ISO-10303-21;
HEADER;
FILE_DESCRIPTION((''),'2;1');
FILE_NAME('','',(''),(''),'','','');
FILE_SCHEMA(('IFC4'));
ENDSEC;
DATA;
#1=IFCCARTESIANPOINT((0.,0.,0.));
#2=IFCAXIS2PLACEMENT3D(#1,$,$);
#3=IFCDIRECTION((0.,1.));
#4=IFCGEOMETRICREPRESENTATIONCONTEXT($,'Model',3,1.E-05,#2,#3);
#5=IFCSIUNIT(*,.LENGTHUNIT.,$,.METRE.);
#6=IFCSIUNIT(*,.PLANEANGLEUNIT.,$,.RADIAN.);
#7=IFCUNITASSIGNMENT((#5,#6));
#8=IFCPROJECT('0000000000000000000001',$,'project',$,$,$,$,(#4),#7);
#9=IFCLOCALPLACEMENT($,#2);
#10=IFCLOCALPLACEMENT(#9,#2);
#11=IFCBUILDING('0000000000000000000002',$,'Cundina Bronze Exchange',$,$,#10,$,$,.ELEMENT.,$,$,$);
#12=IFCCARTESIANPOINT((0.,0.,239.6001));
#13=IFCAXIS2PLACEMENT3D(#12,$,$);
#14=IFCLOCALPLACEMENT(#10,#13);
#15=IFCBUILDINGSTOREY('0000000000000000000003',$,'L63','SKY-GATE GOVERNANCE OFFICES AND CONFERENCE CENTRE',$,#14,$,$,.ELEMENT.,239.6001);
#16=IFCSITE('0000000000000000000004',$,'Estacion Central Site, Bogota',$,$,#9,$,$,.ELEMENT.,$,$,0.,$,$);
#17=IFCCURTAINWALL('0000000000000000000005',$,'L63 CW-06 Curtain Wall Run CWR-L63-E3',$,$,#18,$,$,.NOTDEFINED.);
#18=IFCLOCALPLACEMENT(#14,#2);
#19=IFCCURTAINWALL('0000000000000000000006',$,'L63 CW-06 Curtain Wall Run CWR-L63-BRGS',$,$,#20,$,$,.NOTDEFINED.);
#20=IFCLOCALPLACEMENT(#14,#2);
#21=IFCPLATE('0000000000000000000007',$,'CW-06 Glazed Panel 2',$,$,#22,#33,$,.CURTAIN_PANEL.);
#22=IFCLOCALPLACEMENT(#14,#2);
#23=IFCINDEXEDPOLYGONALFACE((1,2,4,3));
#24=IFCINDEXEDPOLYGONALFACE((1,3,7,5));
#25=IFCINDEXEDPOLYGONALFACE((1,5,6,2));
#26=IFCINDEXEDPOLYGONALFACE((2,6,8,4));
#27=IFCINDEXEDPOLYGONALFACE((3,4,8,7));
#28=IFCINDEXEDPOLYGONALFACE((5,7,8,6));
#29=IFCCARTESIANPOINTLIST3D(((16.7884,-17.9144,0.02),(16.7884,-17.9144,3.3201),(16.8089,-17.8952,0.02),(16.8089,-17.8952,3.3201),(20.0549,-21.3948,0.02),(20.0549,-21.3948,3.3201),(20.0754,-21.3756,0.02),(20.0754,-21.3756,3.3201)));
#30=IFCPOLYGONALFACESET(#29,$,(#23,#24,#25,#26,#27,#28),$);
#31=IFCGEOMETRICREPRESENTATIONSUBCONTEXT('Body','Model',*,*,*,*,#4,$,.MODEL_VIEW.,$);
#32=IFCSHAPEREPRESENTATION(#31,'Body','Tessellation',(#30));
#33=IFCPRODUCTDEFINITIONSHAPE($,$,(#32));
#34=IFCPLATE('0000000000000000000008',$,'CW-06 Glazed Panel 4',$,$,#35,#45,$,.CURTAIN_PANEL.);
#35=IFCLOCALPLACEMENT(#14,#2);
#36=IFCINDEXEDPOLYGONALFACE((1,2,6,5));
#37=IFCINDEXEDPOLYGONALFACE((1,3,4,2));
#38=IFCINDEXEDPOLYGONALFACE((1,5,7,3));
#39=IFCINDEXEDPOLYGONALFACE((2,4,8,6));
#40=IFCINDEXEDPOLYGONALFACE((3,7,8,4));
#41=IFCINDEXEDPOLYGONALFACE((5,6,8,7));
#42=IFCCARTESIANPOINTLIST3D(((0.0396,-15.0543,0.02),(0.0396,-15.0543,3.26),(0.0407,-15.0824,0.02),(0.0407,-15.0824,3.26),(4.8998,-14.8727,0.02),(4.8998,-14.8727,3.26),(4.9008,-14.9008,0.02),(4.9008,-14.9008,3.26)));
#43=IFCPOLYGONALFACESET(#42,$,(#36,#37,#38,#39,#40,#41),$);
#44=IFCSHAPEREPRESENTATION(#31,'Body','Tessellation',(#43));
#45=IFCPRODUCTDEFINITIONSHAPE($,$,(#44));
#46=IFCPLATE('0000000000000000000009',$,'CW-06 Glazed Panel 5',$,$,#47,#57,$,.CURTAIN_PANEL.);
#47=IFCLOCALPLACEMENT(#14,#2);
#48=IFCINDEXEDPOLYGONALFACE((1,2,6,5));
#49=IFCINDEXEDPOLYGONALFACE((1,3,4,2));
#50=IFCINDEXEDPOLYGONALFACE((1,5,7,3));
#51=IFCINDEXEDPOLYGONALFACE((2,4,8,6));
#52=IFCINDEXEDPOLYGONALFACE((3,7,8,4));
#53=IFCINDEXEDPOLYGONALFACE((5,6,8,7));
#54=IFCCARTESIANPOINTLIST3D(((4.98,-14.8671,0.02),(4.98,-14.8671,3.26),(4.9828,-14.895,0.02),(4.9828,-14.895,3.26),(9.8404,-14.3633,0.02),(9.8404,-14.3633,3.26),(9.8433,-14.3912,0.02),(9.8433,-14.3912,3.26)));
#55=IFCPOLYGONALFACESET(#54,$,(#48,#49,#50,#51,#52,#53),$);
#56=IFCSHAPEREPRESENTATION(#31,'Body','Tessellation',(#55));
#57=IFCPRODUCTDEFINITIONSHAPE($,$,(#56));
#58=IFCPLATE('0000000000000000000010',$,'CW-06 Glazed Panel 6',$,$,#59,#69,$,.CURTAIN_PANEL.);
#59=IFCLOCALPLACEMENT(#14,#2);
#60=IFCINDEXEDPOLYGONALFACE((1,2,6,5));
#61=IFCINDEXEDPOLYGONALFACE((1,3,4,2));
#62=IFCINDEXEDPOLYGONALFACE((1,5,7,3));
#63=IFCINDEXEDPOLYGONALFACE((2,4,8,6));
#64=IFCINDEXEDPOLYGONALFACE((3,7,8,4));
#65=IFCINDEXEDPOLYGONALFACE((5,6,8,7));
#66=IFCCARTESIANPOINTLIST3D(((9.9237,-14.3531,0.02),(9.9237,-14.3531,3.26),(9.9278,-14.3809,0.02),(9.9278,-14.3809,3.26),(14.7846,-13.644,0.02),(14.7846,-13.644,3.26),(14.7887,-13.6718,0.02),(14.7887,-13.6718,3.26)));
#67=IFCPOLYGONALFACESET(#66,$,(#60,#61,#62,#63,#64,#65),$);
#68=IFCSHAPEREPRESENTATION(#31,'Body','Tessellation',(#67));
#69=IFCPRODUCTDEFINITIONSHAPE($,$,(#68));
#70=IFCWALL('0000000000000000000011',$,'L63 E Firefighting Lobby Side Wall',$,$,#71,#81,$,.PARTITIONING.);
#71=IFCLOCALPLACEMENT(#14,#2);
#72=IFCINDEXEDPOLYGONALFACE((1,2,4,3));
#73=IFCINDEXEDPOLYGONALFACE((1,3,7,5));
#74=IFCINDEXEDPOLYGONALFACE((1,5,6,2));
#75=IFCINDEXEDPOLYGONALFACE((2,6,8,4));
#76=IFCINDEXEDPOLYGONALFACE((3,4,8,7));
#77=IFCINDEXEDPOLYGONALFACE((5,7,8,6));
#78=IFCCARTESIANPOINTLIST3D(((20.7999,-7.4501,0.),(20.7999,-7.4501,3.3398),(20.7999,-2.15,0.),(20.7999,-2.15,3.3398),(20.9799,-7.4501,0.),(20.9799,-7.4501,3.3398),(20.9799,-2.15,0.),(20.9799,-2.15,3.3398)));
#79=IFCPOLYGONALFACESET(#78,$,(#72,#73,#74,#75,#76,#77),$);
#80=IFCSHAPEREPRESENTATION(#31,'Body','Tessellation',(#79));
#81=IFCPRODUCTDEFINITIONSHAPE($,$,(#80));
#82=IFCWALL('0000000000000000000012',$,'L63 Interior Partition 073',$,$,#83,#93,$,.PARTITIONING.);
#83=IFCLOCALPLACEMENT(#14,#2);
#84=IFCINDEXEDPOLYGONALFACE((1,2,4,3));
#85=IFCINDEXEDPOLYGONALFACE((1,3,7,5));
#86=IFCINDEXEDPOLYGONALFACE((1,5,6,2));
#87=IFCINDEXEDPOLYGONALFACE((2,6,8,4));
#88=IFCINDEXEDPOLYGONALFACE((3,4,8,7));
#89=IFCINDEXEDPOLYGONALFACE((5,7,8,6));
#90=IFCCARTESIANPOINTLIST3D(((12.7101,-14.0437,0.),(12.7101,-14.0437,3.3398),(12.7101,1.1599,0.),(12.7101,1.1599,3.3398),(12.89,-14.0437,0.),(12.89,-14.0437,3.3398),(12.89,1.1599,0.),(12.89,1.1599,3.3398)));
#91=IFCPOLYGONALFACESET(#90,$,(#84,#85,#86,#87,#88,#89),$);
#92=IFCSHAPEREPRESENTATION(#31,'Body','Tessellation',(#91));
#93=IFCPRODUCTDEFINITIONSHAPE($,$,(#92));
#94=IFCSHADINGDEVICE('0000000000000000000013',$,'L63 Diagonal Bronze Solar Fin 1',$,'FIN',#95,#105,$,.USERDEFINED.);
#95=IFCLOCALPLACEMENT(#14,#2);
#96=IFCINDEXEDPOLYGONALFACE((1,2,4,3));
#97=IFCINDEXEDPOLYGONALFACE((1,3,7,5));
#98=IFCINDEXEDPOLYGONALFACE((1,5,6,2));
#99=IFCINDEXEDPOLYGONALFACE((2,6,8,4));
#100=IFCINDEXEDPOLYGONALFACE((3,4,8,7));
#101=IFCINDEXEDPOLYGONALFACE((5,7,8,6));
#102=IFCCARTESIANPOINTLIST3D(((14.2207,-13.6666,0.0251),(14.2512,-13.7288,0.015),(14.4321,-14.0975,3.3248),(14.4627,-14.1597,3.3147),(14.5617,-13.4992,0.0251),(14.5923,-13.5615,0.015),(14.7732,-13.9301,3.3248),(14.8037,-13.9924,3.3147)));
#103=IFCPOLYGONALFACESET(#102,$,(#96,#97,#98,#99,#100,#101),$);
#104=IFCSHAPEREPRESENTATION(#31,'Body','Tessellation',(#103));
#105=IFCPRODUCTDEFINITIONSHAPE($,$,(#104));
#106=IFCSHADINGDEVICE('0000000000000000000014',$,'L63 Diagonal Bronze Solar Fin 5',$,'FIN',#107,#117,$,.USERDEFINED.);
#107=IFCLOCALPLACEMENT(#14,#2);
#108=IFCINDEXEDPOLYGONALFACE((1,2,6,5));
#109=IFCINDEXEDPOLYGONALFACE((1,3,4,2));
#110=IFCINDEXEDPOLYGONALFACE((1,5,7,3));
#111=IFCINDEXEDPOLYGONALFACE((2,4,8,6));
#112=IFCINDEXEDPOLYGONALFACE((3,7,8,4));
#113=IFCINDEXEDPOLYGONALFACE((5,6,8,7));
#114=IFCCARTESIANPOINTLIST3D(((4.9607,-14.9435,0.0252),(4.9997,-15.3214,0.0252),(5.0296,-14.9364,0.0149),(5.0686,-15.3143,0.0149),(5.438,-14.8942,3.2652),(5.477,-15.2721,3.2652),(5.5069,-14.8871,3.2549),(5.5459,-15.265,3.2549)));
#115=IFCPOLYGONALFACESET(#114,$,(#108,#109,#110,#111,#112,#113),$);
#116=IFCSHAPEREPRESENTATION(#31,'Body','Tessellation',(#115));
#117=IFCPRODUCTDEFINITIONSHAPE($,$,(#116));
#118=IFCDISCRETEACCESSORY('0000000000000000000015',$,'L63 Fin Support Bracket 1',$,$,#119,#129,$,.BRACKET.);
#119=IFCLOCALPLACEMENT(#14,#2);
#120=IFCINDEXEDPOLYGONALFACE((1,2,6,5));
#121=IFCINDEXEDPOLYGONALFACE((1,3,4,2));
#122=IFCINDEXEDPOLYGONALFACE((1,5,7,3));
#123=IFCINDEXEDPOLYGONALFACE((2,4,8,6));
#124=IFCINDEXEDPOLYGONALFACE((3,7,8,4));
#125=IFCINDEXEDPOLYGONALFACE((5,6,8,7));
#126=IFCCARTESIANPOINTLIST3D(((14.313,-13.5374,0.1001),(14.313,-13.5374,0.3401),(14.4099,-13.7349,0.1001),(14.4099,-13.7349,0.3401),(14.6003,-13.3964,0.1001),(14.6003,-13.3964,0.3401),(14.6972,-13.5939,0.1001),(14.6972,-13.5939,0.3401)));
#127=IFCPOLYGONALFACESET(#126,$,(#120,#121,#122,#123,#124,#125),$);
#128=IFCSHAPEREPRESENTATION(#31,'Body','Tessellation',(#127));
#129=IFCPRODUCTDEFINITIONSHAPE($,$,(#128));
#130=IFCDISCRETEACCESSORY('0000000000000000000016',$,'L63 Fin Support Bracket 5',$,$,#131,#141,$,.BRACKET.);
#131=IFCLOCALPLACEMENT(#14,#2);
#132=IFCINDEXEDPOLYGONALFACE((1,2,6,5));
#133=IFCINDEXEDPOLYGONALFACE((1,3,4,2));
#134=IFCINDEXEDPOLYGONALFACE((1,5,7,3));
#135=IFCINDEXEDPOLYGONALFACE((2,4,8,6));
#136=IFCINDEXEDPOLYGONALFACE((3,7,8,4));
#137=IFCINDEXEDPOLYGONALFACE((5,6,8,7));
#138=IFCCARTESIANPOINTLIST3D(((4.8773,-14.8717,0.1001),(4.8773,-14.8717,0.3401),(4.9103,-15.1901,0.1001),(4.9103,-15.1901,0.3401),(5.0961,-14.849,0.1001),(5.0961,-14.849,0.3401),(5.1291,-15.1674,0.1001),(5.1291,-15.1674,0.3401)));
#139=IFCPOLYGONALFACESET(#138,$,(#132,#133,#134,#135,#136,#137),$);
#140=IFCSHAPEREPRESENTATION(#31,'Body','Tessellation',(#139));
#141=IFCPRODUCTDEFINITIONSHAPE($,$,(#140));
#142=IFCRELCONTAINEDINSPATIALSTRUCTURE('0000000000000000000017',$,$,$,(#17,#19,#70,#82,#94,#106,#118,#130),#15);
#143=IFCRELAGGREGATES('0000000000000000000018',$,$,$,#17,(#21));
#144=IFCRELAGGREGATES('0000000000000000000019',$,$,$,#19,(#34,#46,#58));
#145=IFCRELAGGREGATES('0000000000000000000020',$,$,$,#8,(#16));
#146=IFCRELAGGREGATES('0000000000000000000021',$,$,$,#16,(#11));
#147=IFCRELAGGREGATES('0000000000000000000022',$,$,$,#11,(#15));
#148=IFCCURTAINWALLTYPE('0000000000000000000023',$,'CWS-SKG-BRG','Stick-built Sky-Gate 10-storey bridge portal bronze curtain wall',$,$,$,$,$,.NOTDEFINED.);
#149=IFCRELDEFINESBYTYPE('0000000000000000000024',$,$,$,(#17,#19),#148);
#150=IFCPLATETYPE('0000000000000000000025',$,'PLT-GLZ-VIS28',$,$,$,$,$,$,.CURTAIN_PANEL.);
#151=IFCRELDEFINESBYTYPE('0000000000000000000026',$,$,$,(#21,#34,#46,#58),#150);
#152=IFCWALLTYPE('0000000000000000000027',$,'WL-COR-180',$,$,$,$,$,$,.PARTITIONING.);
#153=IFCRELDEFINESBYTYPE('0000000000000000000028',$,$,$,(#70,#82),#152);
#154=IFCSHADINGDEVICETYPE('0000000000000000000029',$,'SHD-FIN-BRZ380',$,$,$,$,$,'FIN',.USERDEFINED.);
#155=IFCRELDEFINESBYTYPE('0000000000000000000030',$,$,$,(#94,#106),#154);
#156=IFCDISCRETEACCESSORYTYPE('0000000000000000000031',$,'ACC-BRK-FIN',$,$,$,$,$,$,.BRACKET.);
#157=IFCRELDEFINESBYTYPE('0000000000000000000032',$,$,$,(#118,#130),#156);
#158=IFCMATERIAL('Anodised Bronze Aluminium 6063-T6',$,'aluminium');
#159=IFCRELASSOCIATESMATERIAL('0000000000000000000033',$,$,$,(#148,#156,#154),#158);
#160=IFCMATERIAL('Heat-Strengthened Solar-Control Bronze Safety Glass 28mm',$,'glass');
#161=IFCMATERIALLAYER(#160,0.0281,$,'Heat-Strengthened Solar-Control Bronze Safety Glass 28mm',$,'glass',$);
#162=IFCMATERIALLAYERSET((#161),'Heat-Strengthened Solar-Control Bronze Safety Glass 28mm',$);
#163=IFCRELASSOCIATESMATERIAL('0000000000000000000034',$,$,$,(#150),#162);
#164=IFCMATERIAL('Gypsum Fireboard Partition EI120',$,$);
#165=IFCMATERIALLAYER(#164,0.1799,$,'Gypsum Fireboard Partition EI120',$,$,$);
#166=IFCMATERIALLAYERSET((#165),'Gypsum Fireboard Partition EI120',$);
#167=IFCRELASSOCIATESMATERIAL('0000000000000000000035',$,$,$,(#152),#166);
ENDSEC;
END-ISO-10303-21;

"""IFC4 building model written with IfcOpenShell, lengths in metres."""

from ifc_helpers import new_model, si_unit, direction, frame, frame_2d, origin, origin_2d, place, context, subcontext, project, spatial, rectangle, extrude, material, layer, layer_set, material_profile, profile_set, type_object, element, aggregate, save


model = new_model("IFC4")

# Units and contexts
model_context = context("Model", 3, precision=1e-05, world=origin(), true_north=direction((0.0, 1.0)))
body_context = subcontext(model_context, "Body", "Model", "MODEL_VIEW")
ifc_project = project(units=[si_unit("LENGTHUNIT", "METRE"), si_unit("PLANEANGLEUNIT", "RADIAN")], contexts=[model_context])

# Site, building, storey
site_placement = place(None, origin())
site = spatial("IfcSite", under=ifc_project, at=site_placement, Name="Estacion Central Site, Bogota", CompositionType="ELEMENT", RefElevation=0.0)
building_placement = place(site_placement, origin())
building = spatial("IfcBuilding", under=site, at=building_placement, Name="Cundina Bronze Exchange", CompositionType="ELEMENT")
storey_placement = place(building_placement, frame((0.0, 0.0, 239.6001)))
storey = spatial("IfcBuildingStorey", under=building, at=storey_placement, Name="L63", Description="SKY-GATE GOVERNANCE OFFICES AND CONFERENCE CENTRE", CompositionType="ELEMENT", Elevation=239.6001)

# Curtain walls
ifc_material_1 = material(Name="Anodised Bronze Aluminium 6063-T6", Category="aluminium")
curtain_wall_type = type_object("IfcCurtainWallType", Name="CWS-SKG-BRG", Description="Stick-built Sky-Gate 10-storey bridge portal bronze curtain wall", PredefinedType="NOTDEFINED", material=ifc_material_1)
curtain_wall_1_placement = place(storey_placement, origin())
curtain_wall_1 = element("IfcCurtainWall", 1, at=curtain_wall_1_placement, inside=storey, type_object=curtain_wall_type, Name="L63 CW-06 Curtain Wall Run CWR-L63-E3", PredefinedType="NOTDEFINED")
curtain_wall_2_placement = place(storey_placement, origin())
curtain_wall_2 = element("IfcCurtainWall", 2, at=curtain_wall_2_placement, inside=storey, type_object=curtain_wall_type, Name="L63 CW-06 Curtain Wall Run CWR-L63-BRGS", PredefinedType="NOTDEFINED")

# Plates
ifc_material_2 = material(Name="Heat-Strengthened Solar-Control Bronze Safety Glass 28mm", Category="glass")
ifc_layer_1 = layer(ifc_material_2, 0.0281, Name="Heat-Strengthened Solar-Control Bronze Safety Glass 28mm", Category="glass")
ifc_layer_set_1 = layer_set([ifc_layer_1], Name="Heat-Strengthened Solar-Control Bronze Safety Glass 28mm")
plate_type_1 = type_object("IfcPlateType", Name="PLT-GLZ-VIS28", PredefinedType="CURTAIN_PANEL", material=ifc_layer_set_1)
plate_1_placement = place(storey_placement, frame((18.4319, -19.645, 0.02), z_axis=(0.0, 0.0, 1.0), x_axis=(0.684344, -0.72916, 0.0)))
plate_1 = element("IfcPlate", 3, at=plate_1_placement, type_object=plate_type_1, Name="CW-06 Glazed Panel 2", PredefinedType="CURTAIN_PANEL", context=body_context, shape_type="SweptSolid", body=[
    extrude(rectangle(XDim=4.7732, YDim=0.0281, at=origin_2d()), origin(), (0.0, 0.0, 1.0), 3.3),
])
aggregate(curtain_wall_1, [plate_1])
plate_2_placement = place(storey_placement, frame((2.4702, -14.9775, 0.02), z_axis=(0.0, 0.0, 1.0), x_axis=(0.999303, 0.037341, 0.0)))
plate_2 = element("IfcPlate", 4, at=plate_2_placement, type_object=plate_type_1, Name="CW-06 Glazed Panel 4", PredefinedType="CURTAIN_PANEL", context=body_context, shape_type="SweptSolid", body=[
    extrude(rectangle(XDim=4.8635, YDim=0.0281, at=origin_2d()), origin(), (0.0, 0.0, 1.0), 3.24),
])
plate_3_placement = place(storey_placement, frame((7.4116, -14.6292, 0.02), z_axis=(0.0, 0.0, 1.0), x_axis=(0.994672, 0.103088, 0.0)))
plate_3 = element("IfcPlate", 5, at=plate_3_placement, type_object=plate_type_1, Name="CW-06 Glazed Panel 5", PredefinedType="CURTAIN_PANEL", context=body_context, shape_type="SweptSolid", body=[
    extrude(rectangle(XDim=4.8865, YDim=0.0281, at=origin_2d()), origin(), (0.0, 0.0, 1.0), 3.24),
])
plate_4_placement = place(storey_placement, frame((12.3562, -14.0125, 0.02), z_axis=(0.0, 0.0, 1.0), x_axis=(0.989528, 0.144339, 0.0)))
plate_4 = element("IfcPlate", 6, at=plate_4_placement, type_object=plate_type_1, Name="CW-06 Glazed Panel 6", PredefinedType="CURTAIN_PANEL", context=body_context, shape_type="SweptSolid", body=[
    extrude(rectangle(XDim=4.9124, YDim=0.0281, at=origin_2d()), origin(), (0.0, 0.0, 1.0), 3.24),
])
aggregate(curtain_wall_2, [plate_2, plate_3, plate_4])

# Walls
ifc_material_3 = material(Name="Gypsum Fireboard Partition EI120")
ifc_layer_2 = layer(ifc_material_3, 0.1799, Name="Gypsum Fireboard Partition EI120")
ifc_layer_set_2 = layer_set([ifc_layer_2], Name="Gypsum Fireboard Partition EI120")
wall_type = type_object("IfcWallType", Name="WL-COR-180", PredefinedType="PARTITIONING", material=ifc_layer_set_2)
wall_1_placement = place(storey_placement, frame((20.8899, -7.45, 0.0), z_axis=(0.0, 0.0, 1.0), x_axis=(0.0, 1.0, 0.0)))
element("IfcWall", 7, at=wall_1_placement, inside=storey, type_object=wall_type, Name="L63 E Firefighting Lobby Side Wall", PredefinedType="PARTITIONING", context=body_context, shape_type="SweptSolid", body=[
    extrude(rectangle(XDim=5.3, YDim=0.1799, at=frame_2d((2.6499, 0.0))), origin(), (0.0, 0.0, 1.0), 3.3398),
])
wall_2_placement = place(storey_placement, frame((12.8, -14.0437, 0.0), z_axis=(0.0, 0.0, 1.0), x_axis=(0.0, 1.0, 0.0)))
element("IfcWall", 8, at=wall_2_placement, inside=storey, type_object=wall_type, Name="L63 Interior Partition 073", PredefinedType="PARTITIONING", context=body_context, shape_type="SweptSolid", body=[
    extrude(rectangle(XDim=15.2036, YDim=0.1799, at=frame_2d((7.6018, 0.0))), origin(), (0.0, 0.0, 1.0), 3.3398),
])

# Shading devices
ifc_material_profile_1 = material_profile(ifc_material_1, rectangle(XDim=0.0701, YDim=0.3799, at=origin_2d()), Name="FIN70X380", Category="aluminium")
ifc_profile_set_1 = profile_set([ifc_material_profile_1], Name="Anodised Bronze Aluminium 6063-T6")
shading_device_type = type_object("IfcShadingDeviceType", Name="SHD-FIN-BRZ380", ElementType="FIN", PredefinedType="USERDEFINED", material=ifc_profile_set_1)
shading_device_1_placement = place(storey_placement, frame((14.4065, -13.614, 0.02), z_axis=(0.063405, -0.129226, 0.989586), x_axis=(-0.4359, 0.88841, 0.143943)))
element("IfcShadingDevice", 9, at=shading_device_1_placement, inside=storey, type_object=shading_device_type, Name="L63 Diagonal Bronze Solar Fin 1", ObjectType="FIN", PredefinedType="USERDEFINED", context=body_context, shape_type="SweptSolid", body=[
    extrude(rectangle(XDim=0.0701, YDim=0.3799, at=origin_2d()), origin(), (0.0, 0.0, 1.0), 3.3345),
])
shading_device_2_placement = place(storey_placement, frame((5.0146, -15.1289, 0.02), z_axis=(0.145724, 0.015057, 0.989211), x_axis=(-0.983972, -0.101669, 0.1465)))
element("IfcShadingDevice", 10, at=shading_device_2_placement, inside=storey, type_object=shading_device_type, Name="L63 Diagonal Bronze Solar Fin 5", ObjectType="FIN", PredefinedType="USERDEFINED", context=body_context, shape_type="SweptSolid", body=[
    extrude(rectangle(XDim=0.0701, YDim=0.3799, at=origin_2d()), origin(), (0.0, 0.0, 1.0), 3.2754),
])

# Discrete accessories
discrete_accessory_type = type_object("IfcDiscreteAccessoryType", Name="ACC-BRK-FIN", PredefinedType="BRACKET", material=ifc_material_1)
for number, where, z_axis, x_axis, name in (
    (11, (14.5051, -13.5657, 0.1001), (0.0, 0.0, 1.0), (0.440503, -0.897751, 0.0), "L63 Fin Support Bracket 1"),
    (12, (5.0032, -15.0195, 0.1001), (0.0, 0.0, 1.0), (0.994672, 0.103088, 0.0), "L63 Fin Support Bracket 5"),
):
    element("IfcDiscreteAccessory", number, at=place(storey_placement, frame(where, z_axis=z_axis, x_axis=x_axis)), inside=storey, type_object=discrete_accessory_type, Name=name, PredefinedType="BRACKET", context=body_context, shape_type="SweptSolid", body=[
        extrude(rectangle(XDim=0.22, YDim=0.3201, at=origin_2d()), origin(), (0.0, 0.0, 1.0), 0.24),
    ])

save(model, "model.ifc")
